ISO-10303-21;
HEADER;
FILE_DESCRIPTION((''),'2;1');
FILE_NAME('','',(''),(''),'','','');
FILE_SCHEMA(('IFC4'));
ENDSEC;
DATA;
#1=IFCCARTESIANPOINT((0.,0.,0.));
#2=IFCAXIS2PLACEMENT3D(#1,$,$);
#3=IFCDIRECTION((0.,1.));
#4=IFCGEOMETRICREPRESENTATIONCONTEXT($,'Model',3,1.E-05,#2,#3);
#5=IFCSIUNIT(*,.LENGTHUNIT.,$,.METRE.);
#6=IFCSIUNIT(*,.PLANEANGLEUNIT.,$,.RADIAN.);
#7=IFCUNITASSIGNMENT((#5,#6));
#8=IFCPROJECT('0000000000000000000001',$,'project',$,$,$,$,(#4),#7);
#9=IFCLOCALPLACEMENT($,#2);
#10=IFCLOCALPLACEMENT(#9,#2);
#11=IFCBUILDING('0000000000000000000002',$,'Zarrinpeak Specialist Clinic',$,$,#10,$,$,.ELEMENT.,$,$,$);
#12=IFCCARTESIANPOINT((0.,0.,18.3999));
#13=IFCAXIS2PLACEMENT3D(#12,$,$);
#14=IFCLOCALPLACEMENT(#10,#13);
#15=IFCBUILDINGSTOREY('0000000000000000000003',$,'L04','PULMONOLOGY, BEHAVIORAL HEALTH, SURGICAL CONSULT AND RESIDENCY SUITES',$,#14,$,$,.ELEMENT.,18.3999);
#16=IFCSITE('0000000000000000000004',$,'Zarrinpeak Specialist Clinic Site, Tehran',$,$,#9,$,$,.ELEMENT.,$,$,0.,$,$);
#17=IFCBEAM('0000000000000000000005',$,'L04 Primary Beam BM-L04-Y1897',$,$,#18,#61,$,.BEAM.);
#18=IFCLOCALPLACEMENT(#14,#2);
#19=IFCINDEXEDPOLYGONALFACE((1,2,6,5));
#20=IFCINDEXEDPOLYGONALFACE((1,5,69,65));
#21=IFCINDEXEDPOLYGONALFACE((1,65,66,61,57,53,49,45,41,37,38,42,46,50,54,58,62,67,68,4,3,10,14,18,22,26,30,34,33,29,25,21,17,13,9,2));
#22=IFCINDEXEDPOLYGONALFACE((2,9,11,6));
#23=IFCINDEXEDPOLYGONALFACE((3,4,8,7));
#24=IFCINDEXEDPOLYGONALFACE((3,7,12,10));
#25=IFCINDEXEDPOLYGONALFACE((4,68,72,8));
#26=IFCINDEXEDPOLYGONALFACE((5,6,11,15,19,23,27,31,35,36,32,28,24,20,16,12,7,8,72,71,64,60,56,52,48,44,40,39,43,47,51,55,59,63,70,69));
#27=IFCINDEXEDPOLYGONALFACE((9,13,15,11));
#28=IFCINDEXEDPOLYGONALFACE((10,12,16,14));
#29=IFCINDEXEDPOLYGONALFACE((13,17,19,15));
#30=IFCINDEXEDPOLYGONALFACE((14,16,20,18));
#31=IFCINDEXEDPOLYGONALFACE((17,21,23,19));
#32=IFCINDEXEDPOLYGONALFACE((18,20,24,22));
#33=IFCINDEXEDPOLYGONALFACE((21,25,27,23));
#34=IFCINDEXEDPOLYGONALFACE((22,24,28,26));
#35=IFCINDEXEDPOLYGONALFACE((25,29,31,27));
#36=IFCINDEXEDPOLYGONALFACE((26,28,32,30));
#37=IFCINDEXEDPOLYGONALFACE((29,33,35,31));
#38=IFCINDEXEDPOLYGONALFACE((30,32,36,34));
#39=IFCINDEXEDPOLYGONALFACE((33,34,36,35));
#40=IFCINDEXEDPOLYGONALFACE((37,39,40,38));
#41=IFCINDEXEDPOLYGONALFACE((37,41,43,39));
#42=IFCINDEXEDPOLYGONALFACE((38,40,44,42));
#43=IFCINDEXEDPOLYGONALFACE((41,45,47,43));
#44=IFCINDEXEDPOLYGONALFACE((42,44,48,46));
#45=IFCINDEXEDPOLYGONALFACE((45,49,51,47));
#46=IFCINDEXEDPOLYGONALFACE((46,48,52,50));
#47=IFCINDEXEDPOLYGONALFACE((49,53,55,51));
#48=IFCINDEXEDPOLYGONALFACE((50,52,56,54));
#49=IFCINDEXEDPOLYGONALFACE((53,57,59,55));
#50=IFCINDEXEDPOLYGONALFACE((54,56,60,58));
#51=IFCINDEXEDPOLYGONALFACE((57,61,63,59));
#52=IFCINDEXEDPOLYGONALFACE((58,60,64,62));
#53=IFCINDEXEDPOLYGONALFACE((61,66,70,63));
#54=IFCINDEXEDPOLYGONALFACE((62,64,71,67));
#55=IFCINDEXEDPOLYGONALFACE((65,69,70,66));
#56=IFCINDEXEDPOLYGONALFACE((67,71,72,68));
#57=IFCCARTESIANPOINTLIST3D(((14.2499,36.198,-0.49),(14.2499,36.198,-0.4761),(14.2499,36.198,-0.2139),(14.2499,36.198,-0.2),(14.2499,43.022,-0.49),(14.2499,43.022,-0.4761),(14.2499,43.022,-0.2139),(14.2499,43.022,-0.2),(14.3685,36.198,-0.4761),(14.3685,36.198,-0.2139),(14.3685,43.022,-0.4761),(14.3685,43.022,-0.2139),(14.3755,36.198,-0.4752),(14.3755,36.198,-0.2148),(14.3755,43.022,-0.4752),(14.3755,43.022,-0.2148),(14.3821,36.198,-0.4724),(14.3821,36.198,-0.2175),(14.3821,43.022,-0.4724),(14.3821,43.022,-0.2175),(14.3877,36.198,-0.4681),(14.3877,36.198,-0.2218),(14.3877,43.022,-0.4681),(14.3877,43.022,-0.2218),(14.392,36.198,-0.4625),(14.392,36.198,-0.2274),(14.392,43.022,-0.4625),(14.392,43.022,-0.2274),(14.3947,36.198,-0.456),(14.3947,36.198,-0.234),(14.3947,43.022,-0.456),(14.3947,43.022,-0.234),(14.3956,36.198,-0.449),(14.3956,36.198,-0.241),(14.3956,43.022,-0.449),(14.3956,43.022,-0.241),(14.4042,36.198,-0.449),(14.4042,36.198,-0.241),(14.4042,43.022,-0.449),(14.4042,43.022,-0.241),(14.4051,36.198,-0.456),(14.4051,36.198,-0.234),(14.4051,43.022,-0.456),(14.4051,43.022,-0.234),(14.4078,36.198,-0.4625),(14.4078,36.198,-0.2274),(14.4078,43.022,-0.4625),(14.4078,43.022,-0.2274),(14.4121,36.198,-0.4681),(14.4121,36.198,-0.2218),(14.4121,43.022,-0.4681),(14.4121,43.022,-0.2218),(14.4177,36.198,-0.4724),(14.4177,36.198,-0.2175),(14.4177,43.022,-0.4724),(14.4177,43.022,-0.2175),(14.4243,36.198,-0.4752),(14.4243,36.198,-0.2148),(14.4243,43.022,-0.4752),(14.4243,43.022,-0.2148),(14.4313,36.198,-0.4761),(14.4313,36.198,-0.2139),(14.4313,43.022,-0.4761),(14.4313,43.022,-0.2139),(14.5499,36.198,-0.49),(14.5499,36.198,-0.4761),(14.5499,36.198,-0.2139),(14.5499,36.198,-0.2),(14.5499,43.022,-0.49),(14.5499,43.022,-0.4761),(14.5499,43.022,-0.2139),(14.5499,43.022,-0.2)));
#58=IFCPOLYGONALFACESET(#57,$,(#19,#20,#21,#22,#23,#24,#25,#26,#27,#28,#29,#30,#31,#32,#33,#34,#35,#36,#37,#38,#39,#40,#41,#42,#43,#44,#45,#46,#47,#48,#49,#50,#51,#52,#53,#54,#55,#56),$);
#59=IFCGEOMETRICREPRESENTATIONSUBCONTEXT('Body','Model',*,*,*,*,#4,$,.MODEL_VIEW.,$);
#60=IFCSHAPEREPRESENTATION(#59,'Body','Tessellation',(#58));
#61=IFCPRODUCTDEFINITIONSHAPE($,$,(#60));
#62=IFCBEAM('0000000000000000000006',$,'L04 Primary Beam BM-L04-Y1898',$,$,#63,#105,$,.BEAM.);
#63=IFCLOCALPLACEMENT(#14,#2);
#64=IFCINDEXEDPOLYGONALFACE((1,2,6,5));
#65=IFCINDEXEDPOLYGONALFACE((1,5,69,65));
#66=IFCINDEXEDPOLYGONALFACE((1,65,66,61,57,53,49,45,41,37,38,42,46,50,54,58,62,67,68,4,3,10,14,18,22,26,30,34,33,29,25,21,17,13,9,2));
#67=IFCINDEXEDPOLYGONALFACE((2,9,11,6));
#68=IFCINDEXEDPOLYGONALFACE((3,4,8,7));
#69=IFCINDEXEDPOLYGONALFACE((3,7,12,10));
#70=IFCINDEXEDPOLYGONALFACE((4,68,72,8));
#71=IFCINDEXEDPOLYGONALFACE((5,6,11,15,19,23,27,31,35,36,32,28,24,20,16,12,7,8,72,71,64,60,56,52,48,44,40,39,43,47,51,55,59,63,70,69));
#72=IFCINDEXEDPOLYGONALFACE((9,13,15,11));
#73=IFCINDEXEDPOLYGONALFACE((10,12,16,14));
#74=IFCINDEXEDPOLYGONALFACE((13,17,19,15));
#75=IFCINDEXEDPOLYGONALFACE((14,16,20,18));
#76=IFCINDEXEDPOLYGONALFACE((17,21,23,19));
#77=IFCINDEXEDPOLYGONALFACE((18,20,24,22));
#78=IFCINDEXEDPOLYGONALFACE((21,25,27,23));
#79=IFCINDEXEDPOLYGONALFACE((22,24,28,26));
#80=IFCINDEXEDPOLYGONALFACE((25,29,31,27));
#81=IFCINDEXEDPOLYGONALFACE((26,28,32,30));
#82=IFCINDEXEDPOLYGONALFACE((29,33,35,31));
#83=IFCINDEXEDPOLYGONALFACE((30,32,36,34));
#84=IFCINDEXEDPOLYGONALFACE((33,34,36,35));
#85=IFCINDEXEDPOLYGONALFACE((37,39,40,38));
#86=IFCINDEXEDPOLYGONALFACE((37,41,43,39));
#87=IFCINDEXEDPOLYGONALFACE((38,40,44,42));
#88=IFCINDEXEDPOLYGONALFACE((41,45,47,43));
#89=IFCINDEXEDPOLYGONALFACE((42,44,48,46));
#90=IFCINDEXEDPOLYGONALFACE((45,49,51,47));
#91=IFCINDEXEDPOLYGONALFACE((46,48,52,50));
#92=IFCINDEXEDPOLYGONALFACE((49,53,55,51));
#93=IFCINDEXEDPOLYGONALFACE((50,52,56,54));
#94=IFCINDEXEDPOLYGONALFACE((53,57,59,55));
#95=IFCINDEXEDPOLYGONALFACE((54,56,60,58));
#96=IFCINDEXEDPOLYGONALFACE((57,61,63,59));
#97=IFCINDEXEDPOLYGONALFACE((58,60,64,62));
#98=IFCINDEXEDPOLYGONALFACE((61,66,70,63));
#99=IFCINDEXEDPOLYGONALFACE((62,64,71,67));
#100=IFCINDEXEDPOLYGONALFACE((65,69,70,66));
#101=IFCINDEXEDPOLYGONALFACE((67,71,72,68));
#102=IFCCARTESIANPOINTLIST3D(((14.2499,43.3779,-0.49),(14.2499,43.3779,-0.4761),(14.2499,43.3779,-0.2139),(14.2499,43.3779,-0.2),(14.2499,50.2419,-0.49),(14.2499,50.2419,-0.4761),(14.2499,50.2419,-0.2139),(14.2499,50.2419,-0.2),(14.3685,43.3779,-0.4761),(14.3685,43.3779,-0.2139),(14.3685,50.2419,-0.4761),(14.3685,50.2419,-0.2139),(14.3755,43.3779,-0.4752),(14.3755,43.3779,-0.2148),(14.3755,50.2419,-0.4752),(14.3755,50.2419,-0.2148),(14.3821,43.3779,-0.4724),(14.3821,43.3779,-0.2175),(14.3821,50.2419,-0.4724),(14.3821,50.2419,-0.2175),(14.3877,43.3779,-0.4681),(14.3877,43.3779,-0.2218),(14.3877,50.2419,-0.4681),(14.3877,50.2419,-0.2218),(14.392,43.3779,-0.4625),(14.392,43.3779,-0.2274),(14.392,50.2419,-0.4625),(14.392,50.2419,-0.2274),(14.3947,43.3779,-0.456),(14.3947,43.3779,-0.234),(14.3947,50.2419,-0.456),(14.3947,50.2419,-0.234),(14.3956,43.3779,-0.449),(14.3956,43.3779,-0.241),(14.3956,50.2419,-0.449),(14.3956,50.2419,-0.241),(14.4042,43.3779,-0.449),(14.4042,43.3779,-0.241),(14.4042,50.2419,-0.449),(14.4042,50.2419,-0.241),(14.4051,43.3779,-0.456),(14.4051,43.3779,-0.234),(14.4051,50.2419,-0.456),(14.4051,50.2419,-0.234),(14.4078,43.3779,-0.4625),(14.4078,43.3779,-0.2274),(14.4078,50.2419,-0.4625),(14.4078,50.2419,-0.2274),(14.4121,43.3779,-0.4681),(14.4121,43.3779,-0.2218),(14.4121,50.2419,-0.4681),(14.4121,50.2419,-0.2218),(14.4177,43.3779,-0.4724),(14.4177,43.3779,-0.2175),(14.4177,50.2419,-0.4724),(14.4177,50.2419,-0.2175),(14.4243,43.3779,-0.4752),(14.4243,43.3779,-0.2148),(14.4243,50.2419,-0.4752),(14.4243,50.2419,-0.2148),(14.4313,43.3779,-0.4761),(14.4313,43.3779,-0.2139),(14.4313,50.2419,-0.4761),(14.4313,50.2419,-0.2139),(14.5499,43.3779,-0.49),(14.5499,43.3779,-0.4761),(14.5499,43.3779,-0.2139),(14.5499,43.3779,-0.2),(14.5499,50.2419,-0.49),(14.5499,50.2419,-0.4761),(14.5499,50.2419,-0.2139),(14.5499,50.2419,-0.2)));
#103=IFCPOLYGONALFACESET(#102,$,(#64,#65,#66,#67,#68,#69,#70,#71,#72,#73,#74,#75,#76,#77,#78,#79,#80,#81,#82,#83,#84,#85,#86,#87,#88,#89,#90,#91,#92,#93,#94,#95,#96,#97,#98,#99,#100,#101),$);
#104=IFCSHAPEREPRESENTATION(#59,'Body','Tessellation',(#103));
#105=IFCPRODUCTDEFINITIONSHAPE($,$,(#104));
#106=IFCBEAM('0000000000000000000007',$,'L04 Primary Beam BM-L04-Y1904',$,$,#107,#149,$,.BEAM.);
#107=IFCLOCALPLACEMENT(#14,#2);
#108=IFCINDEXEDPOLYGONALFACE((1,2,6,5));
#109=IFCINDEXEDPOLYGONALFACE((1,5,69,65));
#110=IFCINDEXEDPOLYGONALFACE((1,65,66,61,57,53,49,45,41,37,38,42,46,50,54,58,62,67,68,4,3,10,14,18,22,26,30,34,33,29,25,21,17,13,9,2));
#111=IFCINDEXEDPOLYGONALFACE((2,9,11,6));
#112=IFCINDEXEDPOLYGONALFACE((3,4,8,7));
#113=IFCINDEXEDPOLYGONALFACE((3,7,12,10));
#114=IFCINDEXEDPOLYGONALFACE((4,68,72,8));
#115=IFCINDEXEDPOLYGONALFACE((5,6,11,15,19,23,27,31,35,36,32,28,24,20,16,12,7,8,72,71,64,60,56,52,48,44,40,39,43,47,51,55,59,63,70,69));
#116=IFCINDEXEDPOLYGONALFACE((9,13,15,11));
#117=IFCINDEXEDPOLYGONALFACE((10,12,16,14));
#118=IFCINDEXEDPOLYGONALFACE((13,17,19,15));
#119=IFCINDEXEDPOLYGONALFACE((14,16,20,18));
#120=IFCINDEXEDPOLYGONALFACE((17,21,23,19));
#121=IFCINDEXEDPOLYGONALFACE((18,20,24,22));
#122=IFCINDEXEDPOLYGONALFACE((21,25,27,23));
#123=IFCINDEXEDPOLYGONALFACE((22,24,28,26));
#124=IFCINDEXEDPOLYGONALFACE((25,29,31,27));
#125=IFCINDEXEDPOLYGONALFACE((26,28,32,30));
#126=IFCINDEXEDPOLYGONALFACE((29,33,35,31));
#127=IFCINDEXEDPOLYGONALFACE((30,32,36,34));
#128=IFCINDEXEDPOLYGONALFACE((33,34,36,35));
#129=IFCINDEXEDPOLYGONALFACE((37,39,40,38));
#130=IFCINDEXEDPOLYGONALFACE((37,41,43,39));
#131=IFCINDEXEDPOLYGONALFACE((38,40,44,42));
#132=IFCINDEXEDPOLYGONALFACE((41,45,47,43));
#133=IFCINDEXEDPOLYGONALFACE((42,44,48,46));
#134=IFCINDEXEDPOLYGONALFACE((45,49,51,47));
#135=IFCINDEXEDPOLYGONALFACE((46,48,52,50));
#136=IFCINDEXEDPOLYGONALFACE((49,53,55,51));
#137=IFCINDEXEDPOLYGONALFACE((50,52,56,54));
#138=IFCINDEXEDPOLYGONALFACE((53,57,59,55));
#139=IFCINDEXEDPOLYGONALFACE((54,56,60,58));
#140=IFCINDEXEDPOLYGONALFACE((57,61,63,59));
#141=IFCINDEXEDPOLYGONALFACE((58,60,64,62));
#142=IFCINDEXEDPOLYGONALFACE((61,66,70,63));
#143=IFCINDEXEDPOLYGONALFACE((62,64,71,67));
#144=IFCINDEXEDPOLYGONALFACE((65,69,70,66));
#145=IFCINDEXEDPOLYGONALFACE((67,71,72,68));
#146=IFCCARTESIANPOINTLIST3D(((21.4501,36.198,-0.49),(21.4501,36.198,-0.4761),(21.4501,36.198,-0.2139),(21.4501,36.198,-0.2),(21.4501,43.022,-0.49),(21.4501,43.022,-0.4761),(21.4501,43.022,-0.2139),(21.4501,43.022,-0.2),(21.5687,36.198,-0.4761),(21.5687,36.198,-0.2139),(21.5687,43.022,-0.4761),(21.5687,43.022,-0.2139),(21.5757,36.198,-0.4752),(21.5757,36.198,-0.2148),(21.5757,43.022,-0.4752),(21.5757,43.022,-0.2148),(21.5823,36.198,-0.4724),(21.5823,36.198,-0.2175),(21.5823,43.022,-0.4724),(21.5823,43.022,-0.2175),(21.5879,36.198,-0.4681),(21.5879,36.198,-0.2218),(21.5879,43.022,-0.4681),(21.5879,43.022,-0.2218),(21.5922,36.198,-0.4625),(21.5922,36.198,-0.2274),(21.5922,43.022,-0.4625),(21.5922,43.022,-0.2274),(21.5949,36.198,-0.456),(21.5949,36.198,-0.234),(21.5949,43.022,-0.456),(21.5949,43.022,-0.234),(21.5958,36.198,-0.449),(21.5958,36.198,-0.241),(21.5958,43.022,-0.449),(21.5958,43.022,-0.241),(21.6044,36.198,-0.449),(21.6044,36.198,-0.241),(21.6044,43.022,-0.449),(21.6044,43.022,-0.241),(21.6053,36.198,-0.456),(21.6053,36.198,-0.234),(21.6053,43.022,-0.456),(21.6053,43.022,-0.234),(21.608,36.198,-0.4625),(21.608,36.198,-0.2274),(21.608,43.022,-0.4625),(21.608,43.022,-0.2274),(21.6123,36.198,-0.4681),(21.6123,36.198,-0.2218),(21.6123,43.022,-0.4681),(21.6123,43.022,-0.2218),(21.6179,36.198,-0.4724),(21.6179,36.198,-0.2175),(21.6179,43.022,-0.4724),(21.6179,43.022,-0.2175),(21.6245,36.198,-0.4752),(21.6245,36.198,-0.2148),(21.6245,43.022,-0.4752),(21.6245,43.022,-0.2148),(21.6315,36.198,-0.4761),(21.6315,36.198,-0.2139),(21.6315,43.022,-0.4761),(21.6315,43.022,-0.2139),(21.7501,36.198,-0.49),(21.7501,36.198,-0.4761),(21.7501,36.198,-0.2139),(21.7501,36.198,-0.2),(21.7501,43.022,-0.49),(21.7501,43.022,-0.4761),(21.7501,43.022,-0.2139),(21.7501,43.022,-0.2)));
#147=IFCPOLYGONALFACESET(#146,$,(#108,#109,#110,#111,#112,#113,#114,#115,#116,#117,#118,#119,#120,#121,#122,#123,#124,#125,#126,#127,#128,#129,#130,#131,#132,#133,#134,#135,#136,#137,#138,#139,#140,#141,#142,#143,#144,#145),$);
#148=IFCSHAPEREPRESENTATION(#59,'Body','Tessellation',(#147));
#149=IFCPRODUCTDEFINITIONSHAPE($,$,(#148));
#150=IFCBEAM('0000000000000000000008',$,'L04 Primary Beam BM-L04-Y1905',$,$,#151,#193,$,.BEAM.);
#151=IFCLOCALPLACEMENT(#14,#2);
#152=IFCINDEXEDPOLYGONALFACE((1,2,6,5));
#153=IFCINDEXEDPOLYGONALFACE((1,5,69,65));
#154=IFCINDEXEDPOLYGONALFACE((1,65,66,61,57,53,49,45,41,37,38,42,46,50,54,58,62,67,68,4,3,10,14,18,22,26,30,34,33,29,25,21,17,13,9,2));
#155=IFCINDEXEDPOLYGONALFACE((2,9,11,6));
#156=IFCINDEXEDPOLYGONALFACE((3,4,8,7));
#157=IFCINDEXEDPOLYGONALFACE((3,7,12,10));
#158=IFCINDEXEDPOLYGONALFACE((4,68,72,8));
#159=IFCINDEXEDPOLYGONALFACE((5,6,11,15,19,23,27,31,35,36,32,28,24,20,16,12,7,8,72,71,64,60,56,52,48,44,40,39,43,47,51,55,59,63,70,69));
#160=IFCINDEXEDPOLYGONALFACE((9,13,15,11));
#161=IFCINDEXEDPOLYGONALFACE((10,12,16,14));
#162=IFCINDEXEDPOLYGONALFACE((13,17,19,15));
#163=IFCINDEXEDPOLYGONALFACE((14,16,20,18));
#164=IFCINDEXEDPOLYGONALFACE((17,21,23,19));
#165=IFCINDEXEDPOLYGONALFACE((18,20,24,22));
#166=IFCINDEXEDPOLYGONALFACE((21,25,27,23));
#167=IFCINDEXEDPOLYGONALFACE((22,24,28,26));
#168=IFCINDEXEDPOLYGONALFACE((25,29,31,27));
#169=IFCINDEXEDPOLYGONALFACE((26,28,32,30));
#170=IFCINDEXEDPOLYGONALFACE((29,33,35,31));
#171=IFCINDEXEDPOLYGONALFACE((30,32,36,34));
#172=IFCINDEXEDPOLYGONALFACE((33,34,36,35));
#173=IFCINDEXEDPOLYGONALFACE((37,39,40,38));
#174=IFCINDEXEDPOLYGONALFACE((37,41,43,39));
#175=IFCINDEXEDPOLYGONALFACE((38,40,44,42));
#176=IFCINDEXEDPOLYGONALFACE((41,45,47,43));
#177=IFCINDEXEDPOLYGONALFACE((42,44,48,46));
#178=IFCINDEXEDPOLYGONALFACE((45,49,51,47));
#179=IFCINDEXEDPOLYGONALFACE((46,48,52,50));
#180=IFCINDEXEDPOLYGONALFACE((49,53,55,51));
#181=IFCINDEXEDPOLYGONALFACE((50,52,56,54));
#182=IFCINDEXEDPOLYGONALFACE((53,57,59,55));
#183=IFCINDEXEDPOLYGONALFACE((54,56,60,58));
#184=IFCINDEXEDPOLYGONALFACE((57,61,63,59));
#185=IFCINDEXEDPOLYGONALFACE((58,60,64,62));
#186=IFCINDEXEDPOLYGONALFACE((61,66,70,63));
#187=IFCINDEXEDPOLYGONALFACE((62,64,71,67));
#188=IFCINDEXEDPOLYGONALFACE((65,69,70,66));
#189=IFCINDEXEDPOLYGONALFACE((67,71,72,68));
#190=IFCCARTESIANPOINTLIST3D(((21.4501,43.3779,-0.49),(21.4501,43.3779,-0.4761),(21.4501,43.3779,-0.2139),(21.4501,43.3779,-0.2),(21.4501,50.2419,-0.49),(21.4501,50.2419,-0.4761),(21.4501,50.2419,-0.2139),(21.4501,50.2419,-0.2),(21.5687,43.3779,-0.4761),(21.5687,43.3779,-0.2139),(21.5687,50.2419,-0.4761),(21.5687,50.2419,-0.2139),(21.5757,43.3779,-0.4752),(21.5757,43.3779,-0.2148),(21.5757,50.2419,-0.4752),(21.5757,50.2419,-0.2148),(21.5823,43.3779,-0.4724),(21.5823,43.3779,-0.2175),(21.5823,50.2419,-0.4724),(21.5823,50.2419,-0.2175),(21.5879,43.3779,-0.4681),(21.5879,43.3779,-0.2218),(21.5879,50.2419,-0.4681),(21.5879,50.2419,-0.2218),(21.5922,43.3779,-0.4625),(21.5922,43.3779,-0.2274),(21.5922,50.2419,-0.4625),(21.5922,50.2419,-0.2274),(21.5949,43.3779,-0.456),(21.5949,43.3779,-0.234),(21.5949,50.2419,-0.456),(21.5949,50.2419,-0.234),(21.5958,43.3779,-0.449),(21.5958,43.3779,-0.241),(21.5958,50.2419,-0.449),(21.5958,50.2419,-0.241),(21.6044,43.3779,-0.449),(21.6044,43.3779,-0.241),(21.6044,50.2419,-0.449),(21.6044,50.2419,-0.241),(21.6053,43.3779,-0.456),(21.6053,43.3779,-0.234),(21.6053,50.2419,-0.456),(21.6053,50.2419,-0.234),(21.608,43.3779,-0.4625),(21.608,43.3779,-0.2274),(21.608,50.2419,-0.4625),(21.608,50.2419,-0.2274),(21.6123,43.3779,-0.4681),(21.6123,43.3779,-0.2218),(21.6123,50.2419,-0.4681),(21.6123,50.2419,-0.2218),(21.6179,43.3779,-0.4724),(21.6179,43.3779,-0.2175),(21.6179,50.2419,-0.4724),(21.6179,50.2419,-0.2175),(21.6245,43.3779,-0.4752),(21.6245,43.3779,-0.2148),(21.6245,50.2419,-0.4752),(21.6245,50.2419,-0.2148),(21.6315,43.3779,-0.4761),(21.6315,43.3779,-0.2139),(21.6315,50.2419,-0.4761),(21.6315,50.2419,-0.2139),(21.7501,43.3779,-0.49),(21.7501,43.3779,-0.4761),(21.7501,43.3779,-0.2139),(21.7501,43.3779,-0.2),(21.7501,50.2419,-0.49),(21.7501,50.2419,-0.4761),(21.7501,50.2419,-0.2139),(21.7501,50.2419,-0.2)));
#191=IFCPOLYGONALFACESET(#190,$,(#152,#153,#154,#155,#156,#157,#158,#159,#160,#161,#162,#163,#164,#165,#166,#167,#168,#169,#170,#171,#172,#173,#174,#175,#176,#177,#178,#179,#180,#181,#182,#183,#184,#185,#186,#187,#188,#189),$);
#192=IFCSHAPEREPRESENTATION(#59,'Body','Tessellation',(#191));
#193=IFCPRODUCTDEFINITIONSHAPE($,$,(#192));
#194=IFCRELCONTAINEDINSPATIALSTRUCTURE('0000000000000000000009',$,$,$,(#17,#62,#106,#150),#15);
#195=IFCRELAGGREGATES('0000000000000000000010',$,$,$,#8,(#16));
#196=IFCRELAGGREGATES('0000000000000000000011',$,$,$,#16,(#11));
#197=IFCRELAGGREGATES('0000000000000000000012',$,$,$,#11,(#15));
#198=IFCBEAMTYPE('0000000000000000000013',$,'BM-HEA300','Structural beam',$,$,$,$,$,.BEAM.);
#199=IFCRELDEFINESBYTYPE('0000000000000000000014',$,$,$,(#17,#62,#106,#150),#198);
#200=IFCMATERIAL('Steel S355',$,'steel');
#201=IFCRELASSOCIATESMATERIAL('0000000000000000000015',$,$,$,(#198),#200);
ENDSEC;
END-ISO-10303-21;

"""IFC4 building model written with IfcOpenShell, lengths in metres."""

from ifc_helpers import new_model, si_unit, direction, frame, origin, origin_2d, place, context, subcontext, project, spatial, i_section, extrude, material, material_profile, profile_set, type_object, element, save


model = new_model("IFC4")

# Units and contexts
model_context = context("Model", 3, precision=1e-05, world=origin(), true_north=direction((0.0, 1.0)))
body_context = subcontext(model_context, "Body", "Model", "MODEL_VIEW")
ifc_project = project(units=[si_unit("LENGTHUNIT", "METRE"), si_unit("PLANEANGLEUNIT", "RADIAN")], contexts=[model_context])

# Site, building, storey
site_placement = place(None, origin())
site = spatial("IfcSite", under=ifc_project, at=site_placement, Name="Zarrinpeak Specialist Clinic Site, Tehran", CompositionType="ELEMENT", RefElevation=0.0)
building_placement = place(site_placement, origin())
building = spatial("IfcBuilding", under=site, at=building_placement, Name="Zarrinpeak Specialist Clinic", CompositionType="ELEMENT")
storey_placement = place(building_placement, frame((0.0, 0.0, 18.3999)))
storey = spatial("IfcBuildingStorey", under=building, at=storey_placement, Name="L04", Description="PULMONOLOGY, BEHAVIORAL HEALTH, SURGICAL CONSULT AND RESIDENCY SUITES", CompositionType="ELEMENT", Elevation=18.3999)

# Shared definitions
ifc_material_1 = material(Name="Steel S355", Category="steel")

# Beams
ifc_material_profile_1 = material_profile(ifc_material_1, i_section(OverallWidth=0.3, OverallDepth=0.29, WebThickness=0.0085, FlangeThickness=0.0139, FilletRadius=0.0271, at=origin_2d()), Name="HEA 300")
ifc_profile_set_1 = profile_set([ifc_material_profile_1], Name="Steel S355")
beam_type_1 = type_object("IfcBeamType", Name="BM-HEA300", Description="Structural beam", PredefinedType="BEAM", material=ifc_profile_set_1)
beam_1_placement = place(storey_placement, frame((14.3999, 36.198, -0.345), z_axis=(0.0, 1.0, 0.0), x_axis=(-1.0, 0.0, 0.0)))
element("IfcBeam", 1, at=beam_1_placement, inside=storey, type_object=beam_type_1, Name="L04 Primary Beam BM-L04-Y1897", PredefinedType="BEAM", context=body_context, shape_type="SweptSolid", body=[
    extrude(i_section(OverallWidth=0.3, OverallDepth=0.29, WebThickness=0.0085, FlangeThickness=0.0139, FilletRadius=0.0271, at=origin_2d()), origin(), (0.0, 0.0, 1.0), 6.824),
])
beam_2_placement = place(storey_placement, frame((14.3999, 43.3779, -0.345), z_axis=(0.0, 1.0, 0.0), x_axis=(-1.0, 0.0, 0.0)))
element("IfcBeam", 2, at=beam_2_placement, inside=storey, type_object=beam_type_1, Name="L04 Primary Beam BM-L04-Y1898", PredefinedType="BEAM", context=body_context, shape_type="SweptSolid", body=[
    extrude(i_section(OverallWidth=0.3, OverallDepth=0.29, WebThickness=0.0085, FlangeThickness=0.0139, FilletRadius=0.0271, at=origin_2d()), origin(), (0.0, 0.0, 1.0), 6.864),
])
beam_3_placement = place(storey_placement, frame((21.6001, 36.198, -0.345), z_axis=(0.0, 1.0, 0.0), x_axis=(-1.0, 0.0, 0.0)))
element("IfcBeam", 3, at=beam_3_placement, inside=storey, type_object=beam_type_1, Name="L04 Primary Beam BM-L04-Y1904", PredefinedType="BEAM", context=body_context, shape_type="SweptSolid", body=[
    extrude(i_section(OverallWidth=0.3, OverallDepth=0.29, WebThickness=0.0085, FlangeThickness=0.0139, FilletRadius=0.0271, at=origin_2d()), origin(), (0.0, 0.0, 1.0), 6.824),
])
beam_4_placement = place(storey_placement, frame((21.6001, 43.3779, -0.345), z_axis=(0.0, 1.0, 0.0), x_axis=(-1.0, 0.0, 0.0)))
element("IfcBeam", 4, at=beam_4_placement, inside=storey, type_object=beam_type_1, Name="L04 Primary Beam BM-L04-Y1905", PredefinedType="BEAM", context=body_context, shape_type="SweptSolid", body=[
    extrude(i_section(OverallWidth=0.3, OverallDepth=0.29, WebThickness=0.0085, FlangeThickness=0.0139, FilletRadius=0.0271, at=origin_2d()), origin(), (0.0, 0.0, 1.0), 6.864),
])

save(model, "model.ifc")
